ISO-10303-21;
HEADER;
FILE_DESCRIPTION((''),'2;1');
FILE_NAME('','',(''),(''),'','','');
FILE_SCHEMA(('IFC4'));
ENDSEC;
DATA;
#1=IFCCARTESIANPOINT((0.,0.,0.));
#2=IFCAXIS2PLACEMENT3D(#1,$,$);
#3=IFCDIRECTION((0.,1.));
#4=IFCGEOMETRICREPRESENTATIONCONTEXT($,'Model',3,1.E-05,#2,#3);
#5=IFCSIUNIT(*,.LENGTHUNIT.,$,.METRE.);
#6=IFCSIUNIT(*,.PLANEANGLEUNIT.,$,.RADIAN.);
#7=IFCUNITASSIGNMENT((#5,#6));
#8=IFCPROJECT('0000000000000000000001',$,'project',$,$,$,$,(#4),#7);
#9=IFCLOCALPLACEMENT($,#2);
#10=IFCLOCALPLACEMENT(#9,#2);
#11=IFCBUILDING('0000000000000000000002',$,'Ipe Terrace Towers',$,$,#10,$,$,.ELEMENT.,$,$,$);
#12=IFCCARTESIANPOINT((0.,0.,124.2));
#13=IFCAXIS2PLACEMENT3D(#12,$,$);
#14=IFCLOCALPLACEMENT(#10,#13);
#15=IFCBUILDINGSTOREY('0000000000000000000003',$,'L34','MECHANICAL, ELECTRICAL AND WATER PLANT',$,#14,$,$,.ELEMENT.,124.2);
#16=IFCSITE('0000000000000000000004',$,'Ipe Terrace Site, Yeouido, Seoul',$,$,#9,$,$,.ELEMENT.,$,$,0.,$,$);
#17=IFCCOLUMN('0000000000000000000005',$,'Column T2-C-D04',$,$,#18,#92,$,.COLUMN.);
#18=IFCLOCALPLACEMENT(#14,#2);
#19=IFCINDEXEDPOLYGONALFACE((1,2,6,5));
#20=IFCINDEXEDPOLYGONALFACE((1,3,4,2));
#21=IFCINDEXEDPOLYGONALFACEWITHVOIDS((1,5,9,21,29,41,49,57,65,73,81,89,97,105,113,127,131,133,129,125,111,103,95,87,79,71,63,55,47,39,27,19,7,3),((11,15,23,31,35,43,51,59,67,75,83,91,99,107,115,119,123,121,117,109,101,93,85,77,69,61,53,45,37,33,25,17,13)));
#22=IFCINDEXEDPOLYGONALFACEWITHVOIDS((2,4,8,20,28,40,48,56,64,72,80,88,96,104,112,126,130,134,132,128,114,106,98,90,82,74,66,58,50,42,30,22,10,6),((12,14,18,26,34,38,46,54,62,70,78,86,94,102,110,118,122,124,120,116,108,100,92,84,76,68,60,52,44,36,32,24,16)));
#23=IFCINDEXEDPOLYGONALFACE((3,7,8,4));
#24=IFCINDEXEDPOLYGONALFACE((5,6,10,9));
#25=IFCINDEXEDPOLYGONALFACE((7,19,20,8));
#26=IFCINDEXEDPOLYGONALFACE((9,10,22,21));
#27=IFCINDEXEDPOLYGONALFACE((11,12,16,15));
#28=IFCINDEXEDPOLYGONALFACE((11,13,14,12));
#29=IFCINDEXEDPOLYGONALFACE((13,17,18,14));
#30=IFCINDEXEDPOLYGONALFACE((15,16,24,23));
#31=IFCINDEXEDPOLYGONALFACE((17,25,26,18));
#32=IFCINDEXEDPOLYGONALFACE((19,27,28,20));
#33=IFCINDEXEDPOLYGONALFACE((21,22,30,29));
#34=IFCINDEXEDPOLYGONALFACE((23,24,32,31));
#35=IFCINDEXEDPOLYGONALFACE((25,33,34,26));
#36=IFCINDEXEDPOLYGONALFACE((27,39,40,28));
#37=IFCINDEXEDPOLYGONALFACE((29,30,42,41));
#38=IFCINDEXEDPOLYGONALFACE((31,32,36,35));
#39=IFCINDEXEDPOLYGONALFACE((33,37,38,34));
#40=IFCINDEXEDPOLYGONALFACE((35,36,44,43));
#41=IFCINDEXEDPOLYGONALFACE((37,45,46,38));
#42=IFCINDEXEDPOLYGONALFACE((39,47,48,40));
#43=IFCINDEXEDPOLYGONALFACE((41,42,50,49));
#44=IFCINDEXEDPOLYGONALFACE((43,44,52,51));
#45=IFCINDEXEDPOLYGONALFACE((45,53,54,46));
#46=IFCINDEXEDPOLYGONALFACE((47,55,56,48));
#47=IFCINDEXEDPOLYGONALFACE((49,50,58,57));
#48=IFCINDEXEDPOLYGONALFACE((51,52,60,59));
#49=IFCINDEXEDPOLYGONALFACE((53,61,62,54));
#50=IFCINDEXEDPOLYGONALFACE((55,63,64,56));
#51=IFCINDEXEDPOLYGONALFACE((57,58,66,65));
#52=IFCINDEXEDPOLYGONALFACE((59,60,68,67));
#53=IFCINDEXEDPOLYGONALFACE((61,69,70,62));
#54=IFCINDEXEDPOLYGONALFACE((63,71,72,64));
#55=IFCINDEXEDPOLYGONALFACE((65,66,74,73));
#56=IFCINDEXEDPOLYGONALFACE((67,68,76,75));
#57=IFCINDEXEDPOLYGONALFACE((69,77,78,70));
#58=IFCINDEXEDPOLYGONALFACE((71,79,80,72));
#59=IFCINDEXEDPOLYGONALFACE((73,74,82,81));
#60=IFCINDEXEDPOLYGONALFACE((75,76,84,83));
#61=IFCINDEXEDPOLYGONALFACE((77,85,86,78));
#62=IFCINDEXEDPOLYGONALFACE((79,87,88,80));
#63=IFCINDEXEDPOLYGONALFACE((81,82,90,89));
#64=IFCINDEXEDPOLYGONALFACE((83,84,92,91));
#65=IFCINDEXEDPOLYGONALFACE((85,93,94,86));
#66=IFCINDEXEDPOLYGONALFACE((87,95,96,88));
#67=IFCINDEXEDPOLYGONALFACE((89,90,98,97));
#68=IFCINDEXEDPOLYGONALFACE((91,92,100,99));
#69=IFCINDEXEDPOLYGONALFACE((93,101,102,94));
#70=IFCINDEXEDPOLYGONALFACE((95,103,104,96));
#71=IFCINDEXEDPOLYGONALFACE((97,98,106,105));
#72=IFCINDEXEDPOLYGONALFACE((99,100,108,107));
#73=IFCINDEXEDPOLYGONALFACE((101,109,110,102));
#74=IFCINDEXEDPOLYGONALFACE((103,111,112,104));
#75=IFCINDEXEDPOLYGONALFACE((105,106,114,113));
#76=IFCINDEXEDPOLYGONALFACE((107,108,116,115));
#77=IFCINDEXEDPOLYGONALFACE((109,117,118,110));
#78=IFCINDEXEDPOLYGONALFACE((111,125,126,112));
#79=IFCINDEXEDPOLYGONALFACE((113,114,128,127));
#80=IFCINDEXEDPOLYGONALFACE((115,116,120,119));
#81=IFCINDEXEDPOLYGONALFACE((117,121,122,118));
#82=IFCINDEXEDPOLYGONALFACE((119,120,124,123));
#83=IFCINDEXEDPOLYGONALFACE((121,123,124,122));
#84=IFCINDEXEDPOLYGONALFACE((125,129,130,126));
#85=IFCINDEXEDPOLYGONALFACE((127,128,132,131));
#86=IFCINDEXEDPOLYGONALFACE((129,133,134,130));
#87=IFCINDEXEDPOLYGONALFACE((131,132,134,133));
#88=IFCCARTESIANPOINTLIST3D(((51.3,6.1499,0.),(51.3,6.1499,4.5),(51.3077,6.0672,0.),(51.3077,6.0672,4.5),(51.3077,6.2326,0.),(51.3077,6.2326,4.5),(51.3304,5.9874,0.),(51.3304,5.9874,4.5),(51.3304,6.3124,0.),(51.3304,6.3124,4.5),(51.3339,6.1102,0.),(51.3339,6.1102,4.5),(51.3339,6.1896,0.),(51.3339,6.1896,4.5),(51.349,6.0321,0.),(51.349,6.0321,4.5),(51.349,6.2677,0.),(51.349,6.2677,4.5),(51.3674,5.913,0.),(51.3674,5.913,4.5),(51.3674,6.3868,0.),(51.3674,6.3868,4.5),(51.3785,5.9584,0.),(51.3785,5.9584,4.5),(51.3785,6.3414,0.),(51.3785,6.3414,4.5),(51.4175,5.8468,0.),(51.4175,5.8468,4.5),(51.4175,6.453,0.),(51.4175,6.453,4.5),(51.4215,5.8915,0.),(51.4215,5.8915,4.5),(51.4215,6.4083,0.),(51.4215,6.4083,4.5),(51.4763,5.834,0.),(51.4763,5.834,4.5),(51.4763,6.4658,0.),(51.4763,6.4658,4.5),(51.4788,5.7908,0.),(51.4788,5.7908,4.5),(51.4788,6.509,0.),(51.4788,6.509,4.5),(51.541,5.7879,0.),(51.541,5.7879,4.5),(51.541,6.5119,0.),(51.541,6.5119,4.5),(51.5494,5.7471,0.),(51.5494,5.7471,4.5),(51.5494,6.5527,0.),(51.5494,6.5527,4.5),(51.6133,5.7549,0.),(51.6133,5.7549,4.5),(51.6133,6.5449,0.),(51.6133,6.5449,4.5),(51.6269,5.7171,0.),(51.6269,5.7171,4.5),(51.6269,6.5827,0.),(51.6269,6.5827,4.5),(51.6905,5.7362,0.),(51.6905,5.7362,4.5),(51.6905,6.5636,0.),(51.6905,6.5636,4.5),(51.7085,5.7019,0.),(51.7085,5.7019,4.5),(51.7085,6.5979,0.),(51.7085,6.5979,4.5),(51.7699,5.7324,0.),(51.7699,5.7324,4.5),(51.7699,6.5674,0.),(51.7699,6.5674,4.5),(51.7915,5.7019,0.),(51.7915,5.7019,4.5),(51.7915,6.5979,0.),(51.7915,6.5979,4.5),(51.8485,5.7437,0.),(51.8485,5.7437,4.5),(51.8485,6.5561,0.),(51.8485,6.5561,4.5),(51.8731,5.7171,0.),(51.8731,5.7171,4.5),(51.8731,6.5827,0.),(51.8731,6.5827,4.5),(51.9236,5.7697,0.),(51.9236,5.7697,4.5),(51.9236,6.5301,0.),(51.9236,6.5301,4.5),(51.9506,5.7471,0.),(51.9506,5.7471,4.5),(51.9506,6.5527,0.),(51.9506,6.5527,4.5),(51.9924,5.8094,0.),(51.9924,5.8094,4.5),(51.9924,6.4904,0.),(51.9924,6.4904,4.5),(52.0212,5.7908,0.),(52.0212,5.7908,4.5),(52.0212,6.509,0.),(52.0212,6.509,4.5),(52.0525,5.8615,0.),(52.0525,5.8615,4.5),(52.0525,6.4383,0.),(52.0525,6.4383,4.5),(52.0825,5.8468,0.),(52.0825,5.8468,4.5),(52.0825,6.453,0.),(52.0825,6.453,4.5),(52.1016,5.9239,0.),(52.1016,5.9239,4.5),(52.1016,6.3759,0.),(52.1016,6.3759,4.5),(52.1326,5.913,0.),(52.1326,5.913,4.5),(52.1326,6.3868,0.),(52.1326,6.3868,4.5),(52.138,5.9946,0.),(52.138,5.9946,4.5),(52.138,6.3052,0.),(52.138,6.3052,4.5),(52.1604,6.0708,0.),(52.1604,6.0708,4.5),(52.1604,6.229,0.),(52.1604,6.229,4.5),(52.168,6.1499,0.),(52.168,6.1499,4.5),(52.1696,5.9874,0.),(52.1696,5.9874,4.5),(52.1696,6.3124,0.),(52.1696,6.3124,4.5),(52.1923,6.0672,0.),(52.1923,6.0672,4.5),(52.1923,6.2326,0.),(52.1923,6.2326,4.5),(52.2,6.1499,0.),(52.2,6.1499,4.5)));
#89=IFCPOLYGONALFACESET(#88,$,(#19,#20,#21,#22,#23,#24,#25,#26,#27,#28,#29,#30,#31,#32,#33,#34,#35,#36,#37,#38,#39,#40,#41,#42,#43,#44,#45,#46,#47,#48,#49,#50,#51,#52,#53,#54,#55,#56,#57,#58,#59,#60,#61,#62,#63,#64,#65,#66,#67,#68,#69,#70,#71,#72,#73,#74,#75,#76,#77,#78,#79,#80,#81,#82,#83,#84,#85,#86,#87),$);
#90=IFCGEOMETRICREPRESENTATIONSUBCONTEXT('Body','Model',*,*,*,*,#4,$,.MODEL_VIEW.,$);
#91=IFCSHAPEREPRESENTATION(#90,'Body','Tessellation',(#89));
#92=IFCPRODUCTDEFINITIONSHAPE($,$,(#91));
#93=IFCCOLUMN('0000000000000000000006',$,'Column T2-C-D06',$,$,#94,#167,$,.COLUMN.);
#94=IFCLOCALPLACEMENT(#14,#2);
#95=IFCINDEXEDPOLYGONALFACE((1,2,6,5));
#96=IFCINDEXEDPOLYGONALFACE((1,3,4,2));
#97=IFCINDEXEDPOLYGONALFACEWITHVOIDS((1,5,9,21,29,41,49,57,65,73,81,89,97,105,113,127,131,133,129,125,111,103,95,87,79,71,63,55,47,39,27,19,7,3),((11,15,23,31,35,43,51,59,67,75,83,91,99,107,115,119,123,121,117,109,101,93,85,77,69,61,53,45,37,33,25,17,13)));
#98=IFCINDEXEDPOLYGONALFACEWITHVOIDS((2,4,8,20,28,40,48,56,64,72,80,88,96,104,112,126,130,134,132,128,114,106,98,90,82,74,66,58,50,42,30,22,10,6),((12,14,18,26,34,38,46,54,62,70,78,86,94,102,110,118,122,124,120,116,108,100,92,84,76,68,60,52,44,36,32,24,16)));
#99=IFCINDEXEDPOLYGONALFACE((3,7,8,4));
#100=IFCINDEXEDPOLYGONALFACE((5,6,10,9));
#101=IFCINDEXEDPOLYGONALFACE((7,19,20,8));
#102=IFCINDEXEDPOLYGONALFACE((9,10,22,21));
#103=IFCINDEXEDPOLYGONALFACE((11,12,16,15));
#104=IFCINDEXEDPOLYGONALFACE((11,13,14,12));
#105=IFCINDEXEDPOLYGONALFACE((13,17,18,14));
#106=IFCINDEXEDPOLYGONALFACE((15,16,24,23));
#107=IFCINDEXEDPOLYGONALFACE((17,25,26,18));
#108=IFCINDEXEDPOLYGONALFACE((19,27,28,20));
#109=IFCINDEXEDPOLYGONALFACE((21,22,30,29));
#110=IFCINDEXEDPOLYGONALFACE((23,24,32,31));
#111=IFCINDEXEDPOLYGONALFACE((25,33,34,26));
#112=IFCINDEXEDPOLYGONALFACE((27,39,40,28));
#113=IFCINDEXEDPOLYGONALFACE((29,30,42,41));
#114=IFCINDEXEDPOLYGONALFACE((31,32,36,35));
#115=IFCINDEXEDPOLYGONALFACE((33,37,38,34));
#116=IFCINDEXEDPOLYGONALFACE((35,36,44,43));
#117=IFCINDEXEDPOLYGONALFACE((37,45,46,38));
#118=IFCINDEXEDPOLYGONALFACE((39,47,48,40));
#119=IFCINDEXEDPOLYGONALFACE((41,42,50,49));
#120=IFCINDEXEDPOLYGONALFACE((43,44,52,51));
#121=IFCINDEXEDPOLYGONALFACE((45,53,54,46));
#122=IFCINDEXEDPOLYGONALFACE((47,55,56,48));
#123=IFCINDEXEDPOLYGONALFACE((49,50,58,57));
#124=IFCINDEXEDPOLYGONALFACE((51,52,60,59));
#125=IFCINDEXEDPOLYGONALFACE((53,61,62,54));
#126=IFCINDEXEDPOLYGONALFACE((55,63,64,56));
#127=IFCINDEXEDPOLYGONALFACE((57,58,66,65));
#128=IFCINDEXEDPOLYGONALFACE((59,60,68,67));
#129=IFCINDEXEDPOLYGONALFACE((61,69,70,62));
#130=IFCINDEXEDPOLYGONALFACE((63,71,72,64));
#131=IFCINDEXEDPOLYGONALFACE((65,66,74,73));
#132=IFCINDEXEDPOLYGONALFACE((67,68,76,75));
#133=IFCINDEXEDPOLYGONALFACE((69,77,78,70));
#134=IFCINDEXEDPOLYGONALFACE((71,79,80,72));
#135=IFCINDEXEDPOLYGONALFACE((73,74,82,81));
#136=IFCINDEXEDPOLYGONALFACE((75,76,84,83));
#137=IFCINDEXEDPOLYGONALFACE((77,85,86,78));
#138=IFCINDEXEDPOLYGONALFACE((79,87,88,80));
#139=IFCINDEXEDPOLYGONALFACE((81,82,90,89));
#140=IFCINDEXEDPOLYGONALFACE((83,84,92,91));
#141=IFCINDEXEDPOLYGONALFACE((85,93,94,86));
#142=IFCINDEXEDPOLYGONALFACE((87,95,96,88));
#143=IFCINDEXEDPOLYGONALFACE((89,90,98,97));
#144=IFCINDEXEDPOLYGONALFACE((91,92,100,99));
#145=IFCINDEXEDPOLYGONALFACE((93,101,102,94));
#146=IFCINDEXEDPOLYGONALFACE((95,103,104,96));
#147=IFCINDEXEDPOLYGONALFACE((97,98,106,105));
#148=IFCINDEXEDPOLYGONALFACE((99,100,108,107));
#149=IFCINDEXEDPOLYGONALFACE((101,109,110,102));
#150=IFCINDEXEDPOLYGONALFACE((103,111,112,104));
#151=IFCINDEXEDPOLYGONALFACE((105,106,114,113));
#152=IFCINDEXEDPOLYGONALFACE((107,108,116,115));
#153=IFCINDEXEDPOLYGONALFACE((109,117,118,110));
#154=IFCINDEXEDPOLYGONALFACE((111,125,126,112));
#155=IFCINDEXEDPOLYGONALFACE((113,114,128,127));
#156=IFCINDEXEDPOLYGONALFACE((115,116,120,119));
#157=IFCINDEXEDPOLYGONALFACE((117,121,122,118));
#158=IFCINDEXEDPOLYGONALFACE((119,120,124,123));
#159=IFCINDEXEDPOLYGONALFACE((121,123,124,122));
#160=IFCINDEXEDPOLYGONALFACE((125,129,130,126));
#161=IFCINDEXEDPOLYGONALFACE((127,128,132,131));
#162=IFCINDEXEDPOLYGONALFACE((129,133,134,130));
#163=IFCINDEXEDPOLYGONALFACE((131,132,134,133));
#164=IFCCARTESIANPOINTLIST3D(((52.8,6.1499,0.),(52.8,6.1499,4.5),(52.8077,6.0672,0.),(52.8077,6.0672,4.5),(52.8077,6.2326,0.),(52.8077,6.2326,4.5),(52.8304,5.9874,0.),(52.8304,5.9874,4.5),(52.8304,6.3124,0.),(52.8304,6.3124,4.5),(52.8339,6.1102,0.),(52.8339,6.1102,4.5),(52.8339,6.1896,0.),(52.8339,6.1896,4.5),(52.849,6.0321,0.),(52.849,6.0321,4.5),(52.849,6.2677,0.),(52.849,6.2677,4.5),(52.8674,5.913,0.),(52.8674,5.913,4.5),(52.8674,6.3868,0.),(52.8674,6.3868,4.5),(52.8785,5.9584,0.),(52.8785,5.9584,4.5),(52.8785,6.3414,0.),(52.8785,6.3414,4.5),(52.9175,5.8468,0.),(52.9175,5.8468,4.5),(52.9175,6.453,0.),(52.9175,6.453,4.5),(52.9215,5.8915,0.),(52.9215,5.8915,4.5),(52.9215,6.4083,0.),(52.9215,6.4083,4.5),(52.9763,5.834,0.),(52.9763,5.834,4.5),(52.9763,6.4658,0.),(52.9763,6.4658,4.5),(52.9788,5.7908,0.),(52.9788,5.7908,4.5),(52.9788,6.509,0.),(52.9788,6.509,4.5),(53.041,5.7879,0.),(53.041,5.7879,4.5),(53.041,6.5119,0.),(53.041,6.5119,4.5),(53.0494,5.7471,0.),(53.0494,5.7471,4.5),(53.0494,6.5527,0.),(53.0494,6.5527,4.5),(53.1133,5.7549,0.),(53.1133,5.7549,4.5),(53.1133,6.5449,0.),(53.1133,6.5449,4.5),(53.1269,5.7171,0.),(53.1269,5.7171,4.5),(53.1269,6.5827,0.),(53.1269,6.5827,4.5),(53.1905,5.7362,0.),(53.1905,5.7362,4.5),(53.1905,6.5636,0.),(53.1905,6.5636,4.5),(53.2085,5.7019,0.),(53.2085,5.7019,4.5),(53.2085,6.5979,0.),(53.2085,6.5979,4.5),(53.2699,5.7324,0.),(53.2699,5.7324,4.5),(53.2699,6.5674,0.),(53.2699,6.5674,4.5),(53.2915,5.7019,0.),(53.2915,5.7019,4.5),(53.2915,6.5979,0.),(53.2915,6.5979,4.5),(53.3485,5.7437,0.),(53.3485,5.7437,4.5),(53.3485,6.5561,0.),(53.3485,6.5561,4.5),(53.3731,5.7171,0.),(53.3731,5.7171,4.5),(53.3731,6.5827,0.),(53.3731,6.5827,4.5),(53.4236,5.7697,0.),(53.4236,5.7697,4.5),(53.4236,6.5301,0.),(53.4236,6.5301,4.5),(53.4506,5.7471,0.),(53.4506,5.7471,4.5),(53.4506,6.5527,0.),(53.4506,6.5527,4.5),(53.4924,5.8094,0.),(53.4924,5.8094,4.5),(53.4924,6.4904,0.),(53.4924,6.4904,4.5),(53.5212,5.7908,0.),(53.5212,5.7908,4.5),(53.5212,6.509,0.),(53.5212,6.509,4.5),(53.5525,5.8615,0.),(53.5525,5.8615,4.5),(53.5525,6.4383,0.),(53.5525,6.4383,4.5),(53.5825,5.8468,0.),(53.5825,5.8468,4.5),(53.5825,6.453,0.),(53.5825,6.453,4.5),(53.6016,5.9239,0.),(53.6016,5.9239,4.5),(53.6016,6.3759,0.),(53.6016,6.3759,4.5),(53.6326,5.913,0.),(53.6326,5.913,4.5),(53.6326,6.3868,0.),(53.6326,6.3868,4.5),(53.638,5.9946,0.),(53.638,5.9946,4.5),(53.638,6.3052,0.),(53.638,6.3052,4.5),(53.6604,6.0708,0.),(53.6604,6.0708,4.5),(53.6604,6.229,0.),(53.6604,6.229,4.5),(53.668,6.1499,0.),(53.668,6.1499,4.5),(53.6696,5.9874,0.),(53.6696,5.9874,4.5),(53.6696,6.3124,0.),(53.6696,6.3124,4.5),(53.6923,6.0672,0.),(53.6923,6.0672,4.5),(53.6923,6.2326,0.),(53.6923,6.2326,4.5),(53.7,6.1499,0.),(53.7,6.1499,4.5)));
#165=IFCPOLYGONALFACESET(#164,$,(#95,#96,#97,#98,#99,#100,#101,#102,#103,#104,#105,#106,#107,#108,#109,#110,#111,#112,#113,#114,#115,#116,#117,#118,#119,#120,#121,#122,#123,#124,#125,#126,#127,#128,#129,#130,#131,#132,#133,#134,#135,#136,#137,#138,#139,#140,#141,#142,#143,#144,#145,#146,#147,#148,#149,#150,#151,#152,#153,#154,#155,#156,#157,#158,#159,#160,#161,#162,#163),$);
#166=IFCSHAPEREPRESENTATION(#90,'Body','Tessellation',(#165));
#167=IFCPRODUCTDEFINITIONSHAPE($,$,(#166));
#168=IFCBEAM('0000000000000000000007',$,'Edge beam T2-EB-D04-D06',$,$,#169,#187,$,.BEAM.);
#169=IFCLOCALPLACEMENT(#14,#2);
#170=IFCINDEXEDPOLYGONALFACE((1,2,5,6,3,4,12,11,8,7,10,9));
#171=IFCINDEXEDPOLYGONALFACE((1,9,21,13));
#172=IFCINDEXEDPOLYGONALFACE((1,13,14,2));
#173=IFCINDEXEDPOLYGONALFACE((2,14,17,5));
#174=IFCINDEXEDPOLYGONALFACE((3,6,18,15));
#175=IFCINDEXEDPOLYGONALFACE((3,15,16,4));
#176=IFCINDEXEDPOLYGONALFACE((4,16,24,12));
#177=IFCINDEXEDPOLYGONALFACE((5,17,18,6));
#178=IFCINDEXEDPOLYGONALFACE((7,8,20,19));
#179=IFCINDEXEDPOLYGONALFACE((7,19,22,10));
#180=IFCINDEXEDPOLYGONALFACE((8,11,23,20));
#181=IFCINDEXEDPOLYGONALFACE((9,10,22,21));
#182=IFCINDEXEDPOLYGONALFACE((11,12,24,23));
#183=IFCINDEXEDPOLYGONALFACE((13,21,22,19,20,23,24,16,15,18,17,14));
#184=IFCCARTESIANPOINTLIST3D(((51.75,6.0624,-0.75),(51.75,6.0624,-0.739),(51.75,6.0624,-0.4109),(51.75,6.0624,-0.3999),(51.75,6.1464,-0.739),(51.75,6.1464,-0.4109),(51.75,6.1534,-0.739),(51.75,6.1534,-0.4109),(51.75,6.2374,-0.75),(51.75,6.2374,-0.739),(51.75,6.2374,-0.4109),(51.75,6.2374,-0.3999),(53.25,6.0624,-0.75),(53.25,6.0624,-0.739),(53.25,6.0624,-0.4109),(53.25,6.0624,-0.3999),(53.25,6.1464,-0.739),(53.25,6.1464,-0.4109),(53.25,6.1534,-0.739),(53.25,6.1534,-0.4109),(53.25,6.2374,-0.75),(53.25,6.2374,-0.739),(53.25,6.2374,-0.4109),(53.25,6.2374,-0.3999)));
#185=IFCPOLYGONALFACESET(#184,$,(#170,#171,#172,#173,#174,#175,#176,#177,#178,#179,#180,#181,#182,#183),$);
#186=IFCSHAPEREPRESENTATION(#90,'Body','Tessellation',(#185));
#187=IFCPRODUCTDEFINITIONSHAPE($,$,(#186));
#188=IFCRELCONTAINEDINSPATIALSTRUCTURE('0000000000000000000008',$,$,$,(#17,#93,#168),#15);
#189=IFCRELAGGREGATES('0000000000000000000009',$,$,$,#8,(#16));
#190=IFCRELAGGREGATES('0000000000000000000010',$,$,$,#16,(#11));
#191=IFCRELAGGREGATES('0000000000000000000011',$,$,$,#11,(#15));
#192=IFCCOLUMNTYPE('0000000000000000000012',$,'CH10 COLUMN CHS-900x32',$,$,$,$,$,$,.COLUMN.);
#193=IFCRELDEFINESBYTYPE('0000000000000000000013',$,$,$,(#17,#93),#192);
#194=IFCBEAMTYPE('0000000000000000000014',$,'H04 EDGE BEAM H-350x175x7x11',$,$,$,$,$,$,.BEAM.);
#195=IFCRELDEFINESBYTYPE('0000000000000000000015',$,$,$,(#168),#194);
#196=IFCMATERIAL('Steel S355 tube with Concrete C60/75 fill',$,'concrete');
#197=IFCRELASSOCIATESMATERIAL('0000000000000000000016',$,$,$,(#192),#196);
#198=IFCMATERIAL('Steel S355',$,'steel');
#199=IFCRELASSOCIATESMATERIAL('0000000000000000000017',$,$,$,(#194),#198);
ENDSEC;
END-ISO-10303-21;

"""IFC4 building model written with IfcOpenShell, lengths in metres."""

from ifc_helpers import new_model, si_unit, direction, frame, origin, origin_2d, place, context, subcontext, project, spatial, hollow_circle, i_section, extrude, material, material_profile, profile_set, type_object, element, save


model = new_model("IFC4")

# Units and contexts
model_context = context("Model", 3, precision=1e-05, world=origin(), true_north=direction((0.0, 1.0)))
body_context = subcontext(model_context, "Body", "Model", "MODEL_VIEW")
ifc_project = project(units=[si_unit("LENGTHUNIT", "METRE"), si_unit("PLANEANGLEUNIT", "RADIAN")], contexts=[model_context])

# Site, building, storey
site_placement = place(None, origin())
site = spatial("IfcSite", under=ifc_project, at=site_placement, Name="Ipe Terrace Site, Yeouido, Seoul", CompositionType="ELEMENT", RefElevation=0.0)
building_placement = place(site_placement, origin())
building = spatial("IfcBuilding", under=site, at=building_placement, Name="Ipe Terrace Towers", CompositionType="ELEMENT")
storey_placement = place(building_placement, frame((0.0, 0.0, 124.2)))
storey = spatial("IfcBuildingStorey", under=building, at=storey_placement, Name="L34", Description="MECHANICAL, ELECTRICAL AND WATER PLANT", CompositionType="ELEMENT", Elevation=124.2)

# Columns
ifc_material_1 = material(Name="Steel S355 tube with Concrete C60/75 fill", Category="concrete")
ifc_material_profile_1 = material_profile(ifc_material_1, hollow_circle(Radius=0.45, WallThickness=0.032, at=origin_2d()), Name="CHS-900x32")
ifc_profile_set_1 = profile_set([ifc_material_profile_1], Name="Steel S355 tube with Concrete C60/75 fill")
column_type = type_object("IfcColumnType", Name="CH10 COLUMN CHS-900x32", PredefinedType="COLUMN", material=ifc_profile_set_1)
for number, where, z_axis, x_axis, name in (
    (1, (51.75, 6.1499, 0.0), (0.0, 0.0, 1.0), (1.0, 0.0, 0.0), "Column T2-C-D04"),
    (2, (53.25, 6.1499, 0.0), (0.0, 0.0, 1.0), (1.0, 0.0, 0.0), "Column T2-C-D06"),
):
    element("IfcColumn", number, at=place(storey_placement, frame(where, z_axis=z_axis, x_axis=x_axis)), inside=storey, type_object=column_type, Name=name, PredefinedType="COLUMN", context=body_context, shape_type="SweptSolid", body=[
        extrude(hollow_circle(Radius=0.45, WallThickness=0.032, at=origin_2d()), origin(), (0.0, 0.0, 1.0), 4.5),
    ])

# Beam
ifc_material_2 = material(Name="Steel S355", Category="steel")
ifc_material_profile_2 = material_profile(ifc_material_2, i_section(OverallWidth=0.175, OverallDepth=0.3501, WebThickness=0.0071, FlangeThickness=0.011, at=origin_2d()), Name="H-350x175x7x11")
ifc_profile_set_2 = profile_set([ifc_material_profile_2], Name="Steel S355")
beam_type_1 = type_object("IfcBeamType", Name="H04 EDGE BEAM H-350x175x7x11", PredefinedType="BEAM", material=ifc_profile_set_2)
beam_1_placement = place(storey_placement, frame((51.75, 6.1499, -0.575), z_axis=(1.0, 0.0, 0.0), x_axis=(0.0, 1.0, 0.0)))
element("IfcBeam", 3, at=beam_1_placement, inside=storey, type_object=beam_type_1, Name="Edge beam T2-EB-D04-D06", PredefinedType="BEAM", context=body_context, shape_type="SweptSolid", body=[
    extrude(i_section(OverallWidth=0.175, OverallDepth=0.3501, WebThickness=0.0071, FlangeThickness=0.011, at=origin_2d()), origin(), (0.0, 0.0, 1.0), 1.5),
])

save(model, "model.ifc")
